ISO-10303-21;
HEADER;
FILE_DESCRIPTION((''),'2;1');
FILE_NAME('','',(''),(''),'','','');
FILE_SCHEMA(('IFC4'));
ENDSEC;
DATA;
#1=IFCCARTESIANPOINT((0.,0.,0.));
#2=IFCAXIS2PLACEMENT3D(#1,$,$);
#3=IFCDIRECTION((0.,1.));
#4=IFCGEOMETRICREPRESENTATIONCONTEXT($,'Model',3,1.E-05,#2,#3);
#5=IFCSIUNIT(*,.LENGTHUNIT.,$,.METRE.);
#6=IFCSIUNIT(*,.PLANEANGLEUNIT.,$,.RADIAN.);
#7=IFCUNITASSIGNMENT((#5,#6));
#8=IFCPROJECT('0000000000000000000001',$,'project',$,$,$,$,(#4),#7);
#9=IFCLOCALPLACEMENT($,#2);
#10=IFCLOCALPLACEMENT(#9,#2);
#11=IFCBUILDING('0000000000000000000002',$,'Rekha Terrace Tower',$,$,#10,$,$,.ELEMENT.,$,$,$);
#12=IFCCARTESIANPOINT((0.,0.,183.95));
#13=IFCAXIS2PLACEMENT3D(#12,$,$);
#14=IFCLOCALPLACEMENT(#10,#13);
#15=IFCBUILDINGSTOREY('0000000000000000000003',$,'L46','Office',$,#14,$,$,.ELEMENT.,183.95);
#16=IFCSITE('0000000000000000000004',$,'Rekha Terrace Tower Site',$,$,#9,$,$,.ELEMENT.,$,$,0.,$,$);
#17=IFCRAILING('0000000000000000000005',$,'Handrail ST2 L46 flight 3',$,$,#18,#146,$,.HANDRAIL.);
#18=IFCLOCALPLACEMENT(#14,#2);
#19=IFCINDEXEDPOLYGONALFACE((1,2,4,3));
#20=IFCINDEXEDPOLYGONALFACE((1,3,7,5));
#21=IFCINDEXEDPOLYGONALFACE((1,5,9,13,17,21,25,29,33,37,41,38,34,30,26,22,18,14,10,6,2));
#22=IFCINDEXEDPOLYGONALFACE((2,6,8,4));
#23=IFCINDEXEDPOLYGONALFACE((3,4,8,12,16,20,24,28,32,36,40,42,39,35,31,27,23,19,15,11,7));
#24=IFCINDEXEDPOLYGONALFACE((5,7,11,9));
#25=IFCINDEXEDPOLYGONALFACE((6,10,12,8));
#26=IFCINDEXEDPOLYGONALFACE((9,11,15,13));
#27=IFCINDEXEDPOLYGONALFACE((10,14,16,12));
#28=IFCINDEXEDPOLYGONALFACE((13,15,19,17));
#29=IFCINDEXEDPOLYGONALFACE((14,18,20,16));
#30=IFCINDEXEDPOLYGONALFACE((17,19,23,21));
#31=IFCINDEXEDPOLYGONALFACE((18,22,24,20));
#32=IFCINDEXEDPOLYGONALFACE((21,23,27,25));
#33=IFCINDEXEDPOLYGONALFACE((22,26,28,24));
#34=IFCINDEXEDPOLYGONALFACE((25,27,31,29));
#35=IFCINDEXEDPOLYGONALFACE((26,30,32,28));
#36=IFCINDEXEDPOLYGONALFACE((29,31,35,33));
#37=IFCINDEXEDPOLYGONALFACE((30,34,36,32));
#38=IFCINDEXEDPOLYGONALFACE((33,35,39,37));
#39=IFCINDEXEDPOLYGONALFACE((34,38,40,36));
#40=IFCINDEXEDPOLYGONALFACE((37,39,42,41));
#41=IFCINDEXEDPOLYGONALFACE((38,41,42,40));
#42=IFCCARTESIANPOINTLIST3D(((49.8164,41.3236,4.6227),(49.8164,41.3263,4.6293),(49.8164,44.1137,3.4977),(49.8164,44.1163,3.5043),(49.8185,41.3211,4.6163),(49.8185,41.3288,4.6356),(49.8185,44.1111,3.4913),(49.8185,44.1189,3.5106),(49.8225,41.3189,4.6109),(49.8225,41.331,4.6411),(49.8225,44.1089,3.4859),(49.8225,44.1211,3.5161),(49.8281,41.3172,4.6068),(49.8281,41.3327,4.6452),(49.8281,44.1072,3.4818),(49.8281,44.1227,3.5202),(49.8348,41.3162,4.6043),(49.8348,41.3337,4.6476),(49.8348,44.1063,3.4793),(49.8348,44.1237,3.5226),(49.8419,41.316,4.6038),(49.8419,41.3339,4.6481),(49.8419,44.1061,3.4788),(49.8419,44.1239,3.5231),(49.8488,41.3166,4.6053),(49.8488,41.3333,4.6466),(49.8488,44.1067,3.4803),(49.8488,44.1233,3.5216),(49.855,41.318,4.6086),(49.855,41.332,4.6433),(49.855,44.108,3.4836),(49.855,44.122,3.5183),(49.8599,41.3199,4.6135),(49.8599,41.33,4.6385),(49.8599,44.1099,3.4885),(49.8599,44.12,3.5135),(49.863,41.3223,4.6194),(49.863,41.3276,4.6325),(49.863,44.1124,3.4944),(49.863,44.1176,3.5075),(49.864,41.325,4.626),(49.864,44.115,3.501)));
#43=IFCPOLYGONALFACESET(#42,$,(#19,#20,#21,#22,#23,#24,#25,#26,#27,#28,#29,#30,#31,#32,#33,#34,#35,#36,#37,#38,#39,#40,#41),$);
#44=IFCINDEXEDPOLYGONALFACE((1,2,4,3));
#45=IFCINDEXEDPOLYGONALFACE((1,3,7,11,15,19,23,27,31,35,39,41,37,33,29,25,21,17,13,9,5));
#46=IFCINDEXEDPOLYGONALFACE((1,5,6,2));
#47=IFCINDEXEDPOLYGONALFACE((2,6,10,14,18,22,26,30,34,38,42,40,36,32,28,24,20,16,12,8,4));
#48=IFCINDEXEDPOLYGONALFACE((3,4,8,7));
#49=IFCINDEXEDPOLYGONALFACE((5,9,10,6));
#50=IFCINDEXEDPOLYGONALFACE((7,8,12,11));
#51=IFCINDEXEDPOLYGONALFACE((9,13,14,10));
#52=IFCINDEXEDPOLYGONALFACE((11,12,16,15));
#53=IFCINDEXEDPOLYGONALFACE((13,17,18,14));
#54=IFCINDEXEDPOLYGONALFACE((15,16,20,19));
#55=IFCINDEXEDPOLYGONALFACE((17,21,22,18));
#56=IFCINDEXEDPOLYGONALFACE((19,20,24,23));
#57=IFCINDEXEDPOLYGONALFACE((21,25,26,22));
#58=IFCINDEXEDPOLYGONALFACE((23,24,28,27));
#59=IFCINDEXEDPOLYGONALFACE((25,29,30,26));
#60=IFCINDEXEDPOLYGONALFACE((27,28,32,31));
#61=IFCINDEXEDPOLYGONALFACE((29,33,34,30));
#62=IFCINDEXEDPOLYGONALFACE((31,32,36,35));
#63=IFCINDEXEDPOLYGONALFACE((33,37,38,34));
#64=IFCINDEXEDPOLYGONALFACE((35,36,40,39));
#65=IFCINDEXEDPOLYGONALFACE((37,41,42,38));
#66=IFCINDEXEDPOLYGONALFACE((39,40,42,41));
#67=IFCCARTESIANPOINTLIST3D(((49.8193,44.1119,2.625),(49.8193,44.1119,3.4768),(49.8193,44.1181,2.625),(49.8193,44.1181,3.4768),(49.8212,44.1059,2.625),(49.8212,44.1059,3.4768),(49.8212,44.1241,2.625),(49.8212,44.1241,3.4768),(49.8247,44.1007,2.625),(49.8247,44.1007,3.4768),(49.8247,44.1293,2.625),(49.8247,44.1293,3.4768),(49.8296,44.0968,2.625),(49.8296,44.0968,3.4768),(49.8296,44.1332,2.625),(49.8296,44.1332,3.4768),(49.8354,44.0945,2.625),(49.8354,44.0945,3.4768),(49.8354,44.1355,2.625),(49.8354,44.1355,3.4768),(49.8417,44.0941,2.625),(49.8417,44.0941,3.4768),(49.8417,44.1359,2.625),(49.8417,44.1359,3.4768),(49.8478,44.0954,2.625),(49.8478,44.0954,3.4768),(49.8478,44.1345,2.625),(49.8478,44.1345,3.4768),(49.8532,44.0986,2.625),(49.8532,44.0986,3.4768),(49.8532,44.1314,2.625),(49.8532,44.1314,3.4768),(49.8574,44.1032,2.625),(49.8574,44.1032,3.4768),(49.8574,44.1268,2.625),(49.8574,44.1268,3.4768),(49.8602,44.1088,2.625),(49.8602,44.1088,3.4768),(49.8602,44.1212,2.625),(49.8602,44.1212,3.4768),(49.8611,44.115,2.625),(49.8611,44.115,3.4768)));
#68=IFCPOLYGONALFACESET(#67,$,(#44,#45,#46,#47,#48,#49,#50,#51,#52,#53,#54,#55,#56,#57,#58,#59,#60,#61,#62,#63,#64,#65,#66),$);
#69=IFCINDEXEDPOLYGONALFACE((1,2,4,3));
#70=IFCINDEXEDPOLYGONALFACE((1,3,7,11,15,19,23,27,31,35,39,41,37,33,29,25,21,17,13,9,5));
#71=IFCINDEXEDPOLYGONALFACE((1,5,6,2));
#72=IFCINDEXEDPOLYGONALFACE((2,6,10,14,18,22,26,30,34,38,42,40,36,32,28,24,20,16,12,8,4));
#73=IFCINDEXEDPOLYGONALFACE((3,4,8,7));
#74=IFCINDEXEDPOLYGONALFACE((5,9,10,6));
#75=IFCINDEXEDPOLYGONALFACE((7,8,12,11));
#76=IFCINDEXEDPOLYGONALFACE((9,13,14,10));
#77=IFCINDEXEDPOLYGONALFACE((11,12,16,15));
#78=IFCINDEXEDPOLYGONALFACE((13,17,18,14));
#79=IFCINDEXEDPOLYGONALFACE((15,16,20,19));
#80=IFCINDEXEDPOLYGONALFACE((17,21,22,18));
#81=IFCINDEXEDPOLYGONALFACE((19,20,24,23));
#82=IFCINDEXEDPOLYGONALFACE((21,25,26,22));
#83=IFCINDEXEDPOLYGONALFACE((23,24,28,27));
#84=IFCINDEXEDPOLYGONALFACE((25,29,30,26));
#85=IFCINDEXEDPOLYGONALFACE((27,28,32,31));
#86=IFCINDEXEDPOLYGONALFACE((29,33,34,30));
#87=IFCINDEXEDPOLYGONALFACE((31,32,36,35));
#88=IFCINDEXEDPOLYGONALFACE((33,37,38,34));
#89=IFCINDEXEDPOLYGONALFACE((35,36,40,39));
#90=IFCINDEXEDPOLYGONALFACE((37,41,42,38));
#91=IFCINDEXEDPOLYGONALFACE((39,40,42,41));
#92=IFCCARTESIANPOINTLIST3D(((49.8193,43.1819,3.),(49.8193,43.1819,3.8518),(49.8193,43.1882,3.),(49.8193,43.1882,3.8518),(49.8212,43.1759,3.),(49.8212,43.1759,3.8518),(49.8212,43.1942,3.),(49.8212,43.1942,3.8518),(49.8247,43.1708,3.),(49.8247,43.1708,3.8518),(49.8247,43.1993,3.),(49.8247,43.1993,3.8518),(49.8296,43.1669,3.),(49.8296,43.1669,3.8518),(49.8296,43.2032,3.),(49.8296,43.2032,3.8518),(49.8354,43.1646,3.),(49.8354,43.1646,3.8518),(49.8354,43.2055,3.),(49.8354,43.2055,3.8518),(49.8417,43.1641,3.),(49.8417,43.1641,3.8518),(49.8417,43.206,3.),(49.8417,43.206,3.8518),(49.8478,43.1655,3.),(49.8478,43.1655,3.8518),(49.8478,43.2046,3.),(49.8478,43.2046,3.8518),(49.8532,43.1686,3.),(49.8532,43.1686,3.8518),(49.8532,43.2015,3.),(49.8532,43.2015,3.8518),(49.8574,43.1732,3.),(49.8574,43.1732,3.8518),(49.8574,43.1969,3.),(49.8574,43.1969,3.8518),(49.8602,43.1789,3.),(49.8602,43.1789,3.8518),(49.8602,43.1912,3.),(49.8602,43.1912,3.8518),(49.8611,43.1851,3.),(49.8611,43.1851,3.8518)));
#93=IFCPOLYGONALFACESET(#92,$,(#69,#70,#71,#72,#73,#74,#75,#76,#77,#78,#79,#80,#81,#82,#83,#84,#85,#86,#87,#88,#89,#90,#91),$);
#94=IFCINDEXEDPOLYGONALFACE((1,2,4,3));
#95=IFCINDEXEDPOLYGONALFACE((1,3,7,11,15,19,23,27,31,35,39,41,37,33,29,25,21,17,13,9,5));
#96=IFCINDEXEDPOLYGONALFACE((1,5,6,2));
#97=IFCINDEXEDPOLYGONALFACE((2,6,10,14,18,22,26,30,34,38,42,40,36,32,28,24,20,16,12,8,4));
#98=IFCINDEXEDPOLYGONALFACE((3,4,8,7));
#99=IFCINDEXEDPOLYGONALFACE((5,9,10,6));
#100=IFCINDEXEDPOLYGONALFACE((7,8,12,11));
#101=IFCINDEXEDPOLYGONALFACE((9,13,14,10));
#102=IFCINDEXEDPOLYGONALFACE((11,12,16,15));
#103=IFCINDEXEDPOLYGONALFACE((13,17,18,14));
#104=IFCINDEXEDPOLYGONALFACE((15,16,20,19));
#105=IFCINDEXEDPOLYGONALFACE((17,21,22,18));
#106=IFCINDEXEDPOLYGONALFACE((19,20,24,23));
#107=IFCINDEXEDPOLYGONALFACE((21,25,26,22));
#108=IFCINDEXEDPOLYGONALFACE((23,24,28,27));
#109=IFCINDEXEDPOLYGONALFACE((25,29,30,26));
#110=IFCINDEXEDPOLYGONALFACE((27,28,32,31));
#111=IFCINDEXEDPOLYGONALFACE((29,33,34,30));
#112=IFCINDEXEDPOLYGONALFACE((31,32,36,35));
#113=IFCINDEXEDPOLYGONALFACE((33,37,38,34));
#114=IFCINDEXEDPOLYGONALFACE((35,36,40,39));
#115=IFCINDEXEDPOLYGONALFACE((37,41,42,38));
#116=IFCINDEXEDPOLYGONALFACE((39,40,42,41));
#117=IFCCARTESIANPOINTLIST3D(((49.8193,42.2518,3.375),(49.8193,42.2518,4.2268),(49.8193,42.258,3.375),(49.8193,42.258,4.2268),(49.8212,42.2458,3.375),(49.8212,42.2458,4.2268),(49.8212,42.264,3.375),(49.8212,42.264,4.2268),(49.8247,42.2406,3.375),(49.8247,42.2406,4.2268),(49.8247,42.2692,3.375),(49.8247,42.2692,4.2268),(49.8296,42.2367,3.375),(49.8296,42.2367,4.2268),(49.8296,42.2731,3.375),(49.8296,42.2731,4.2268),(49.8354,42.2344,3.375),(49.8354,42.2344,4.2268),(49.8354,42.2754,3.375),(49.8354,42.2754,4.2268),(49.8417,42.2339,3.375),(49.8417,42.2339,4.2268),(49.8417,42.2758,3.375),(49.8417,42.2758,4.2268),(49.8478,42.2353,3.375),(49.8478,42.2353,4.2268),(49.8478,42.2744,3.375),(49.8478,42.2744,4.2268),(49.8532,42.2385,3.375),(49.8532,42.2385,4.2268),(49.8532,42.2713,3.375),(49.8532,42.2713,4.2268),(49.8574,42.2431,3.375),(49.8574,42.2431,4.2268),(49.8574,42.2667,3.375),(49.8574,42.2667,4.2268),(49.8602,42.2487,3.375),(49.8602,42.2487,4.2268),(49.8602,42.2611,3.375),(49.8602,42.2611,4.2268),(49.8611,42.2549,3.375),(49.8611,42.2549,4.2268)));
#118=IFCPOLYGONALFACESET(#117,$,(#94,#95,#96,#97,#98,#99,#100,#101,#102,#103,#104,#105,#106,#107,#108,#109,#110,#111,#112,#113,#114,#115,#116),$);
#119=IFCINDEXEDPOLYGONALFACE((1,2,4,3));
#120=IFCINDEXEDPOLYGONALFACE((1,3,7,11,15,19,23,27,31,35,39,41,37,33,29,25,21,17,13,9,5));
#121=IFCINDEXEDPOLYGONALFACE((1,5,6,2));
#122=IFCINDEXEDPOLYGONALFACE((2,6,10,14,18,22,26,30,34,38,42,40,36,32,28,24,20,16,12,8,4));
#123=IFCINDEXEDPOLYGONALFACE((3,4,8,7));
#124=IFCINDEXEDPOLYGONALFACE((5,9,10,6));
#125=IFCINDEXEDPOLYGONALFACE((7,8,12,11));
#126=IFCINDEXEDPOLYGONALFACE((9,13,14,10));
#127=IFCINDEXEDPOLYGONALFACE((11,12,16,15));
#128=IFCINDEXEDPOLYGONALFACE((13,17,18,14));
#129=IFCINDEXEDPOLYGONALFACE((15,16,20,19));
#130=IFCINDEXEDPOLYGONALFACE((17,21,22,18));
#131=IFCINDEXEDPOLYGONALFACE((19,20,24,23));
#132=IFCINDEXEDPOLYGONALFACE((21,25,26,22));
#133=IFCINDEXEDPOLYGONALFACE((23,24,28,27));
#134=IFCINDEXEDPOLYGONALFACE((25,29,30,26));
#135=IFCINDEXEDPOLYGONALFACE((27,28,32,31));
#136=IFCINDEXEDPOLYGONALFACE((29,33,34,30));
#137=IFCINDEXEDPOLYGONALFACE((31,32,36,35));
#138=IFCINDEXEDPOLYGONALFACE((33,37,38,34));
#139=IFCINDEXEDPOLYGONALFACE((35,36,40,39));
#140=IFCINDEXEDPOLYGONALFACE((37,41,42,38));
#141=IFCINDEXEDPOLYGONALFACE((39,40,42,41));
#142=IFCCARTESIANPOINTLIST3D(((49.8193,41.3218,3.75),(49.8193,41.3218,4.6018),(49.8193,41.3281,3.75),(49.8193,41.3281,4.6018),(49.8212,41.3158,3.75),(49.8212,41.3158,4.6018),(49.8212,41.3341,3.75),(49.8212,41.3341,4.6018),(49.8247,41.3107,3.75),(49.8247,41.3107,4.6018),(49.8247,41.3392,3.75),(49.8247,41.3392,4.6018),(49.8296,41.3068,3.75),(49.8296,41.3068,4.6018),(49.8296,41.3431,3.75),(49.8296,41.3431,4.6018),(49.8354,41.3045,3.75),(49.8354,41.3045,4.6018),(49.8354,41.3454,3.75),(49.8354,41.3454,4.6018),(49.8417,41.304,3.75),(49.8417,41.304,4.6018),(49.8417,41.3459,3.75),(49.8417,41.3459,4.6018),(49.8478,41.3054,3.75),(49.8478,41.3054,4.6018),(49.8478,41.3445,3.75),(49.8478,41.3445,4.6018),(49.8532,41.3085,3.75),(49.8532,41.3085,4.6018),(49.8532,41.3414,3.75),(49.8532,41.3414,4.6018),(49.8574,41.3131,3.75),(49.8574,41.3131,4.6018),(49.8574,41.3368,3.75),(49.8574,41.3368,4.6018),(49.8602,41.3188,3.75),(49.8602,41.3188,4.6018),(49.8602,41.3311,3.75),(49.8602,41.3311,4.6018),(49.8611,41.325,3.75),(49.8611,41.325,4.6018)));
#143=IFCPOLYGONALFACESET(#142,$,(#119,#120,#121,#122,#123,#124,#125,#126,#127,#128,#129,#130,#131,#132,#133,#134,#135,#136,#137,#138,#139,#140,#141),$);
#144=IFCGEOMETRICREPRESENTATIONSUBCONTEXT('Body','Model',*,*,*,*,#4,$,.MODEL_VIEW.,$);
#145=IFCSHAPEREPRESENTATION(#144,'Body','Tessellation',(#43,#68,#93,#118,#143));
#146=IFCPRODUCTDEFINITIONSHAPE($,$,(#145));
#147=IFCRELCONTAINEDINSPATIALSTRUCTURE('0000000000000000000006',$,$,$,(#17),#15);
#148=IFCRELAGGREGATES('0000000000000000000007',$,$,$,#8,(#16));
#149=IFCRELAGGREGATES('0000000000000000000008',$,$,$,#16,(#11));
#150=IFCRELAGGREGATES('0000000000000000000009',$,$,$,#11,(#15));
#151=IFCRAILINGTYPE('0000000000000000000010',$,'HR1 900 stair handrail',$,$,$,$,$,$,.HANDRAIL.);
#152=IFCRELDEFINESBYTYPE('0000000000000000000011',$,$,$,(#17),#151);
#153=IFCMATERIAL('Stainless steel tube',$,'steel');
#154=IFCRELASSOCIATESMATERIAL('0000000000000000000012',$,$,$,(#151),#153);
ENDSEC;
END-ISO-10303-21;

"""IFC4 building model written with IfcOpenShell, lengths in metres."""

from ifc_helpers import new_model, si_unit, direction, frame, origin, origin_2d, place, context, subcontext, project, spatial, circle, extrude, material, type_object, element, save


model = new_model("IFC4")

# Units and contexts
model_context = context("Model", 3, precision=1e-05, world=origin(), true_north=direction((0.0, 1.0)))
body_context = subcontext(model_context, "Body", "Model", "MODEL_VIEW")
ifc_project = project(units=[si_unit("LENGTHUNIT", "METRE"), si_unit("PLANEANGLEUNIT", "RADIAN")], contexts=[model_context])

# Site, building, storey
site_placement = place(None, origin())
site = spatial("IfcSite", under=ifc_project, at=site_placement, Name="Rekha Terrace Tower Site", CompositionType="ELEMENT", RefElevation=0.0)
building_placement = place(site_placement, origin())
building = spatial("IfcBuilding", under=site, at=building_placement, Name="Rekha Terrace Tower", CompositionType="ELEMENT")
storey_placement = place(building_placement, frame((0.0, 0.0, 183.95)))
storey = spatial("IfcBuildingStorey", under=building, at=storey_placement, Name="L46", Description="Office", CompositionType="ELEMENT", Elevation=183.95)

# Railing
ifc_material_1 = material(Name="Stainless steel tube", Category="steel")
railing_type_1 = type_object("IfcRailingType", Name="HR1 900 stair handrail", PredefinedType="HANDRAIL", material=ifc_material_1)
railing_1_placement = place(storey_placement, frame((49.8401, 44.115, 2.625)))
element("IfcRailing", 1, at=railing_1_placement, inside=storey, type_object=railing_type_1, Name="Handrail ST2 L46 flight 3", PredefinedType="HANDRAIL", context=body_context, shape_type="SweptSolid", body=[
    extrude(circle(Radius=0.0239, at=origin_2d()), frame((0.0, 0.0, 0.876), z_axis=(0.0, -0.927443, 0.373964), x_axis=(1.0, 0.0, 0.0)), (0.0, 0.0, 1.0), 3.0083),
    extrude(circle(Radius=0.021, at=origin_2d()), origin(), (0.0, 0.0, 1.0), 0.8518),
    extrude(circle(Radius=0.021, at=origin_2d()), frame((0.0, -0.9299, 0.375)), (0.0, 0.0, 1.0), 0.8518),
    extrude(circle(Radius=0.021, at=origin_2d()), frame((0.0, -1.8601, 0.75)), (0.0, 0.0, 1.0), 0.8518),
    extrude(circle(Radius=0.021, at=origin_2d()), frame((0.0, -2.79, 1.125)), (0.0, 0.0, 1.0), 0.8518),
])

save(model, "model.ifc")
